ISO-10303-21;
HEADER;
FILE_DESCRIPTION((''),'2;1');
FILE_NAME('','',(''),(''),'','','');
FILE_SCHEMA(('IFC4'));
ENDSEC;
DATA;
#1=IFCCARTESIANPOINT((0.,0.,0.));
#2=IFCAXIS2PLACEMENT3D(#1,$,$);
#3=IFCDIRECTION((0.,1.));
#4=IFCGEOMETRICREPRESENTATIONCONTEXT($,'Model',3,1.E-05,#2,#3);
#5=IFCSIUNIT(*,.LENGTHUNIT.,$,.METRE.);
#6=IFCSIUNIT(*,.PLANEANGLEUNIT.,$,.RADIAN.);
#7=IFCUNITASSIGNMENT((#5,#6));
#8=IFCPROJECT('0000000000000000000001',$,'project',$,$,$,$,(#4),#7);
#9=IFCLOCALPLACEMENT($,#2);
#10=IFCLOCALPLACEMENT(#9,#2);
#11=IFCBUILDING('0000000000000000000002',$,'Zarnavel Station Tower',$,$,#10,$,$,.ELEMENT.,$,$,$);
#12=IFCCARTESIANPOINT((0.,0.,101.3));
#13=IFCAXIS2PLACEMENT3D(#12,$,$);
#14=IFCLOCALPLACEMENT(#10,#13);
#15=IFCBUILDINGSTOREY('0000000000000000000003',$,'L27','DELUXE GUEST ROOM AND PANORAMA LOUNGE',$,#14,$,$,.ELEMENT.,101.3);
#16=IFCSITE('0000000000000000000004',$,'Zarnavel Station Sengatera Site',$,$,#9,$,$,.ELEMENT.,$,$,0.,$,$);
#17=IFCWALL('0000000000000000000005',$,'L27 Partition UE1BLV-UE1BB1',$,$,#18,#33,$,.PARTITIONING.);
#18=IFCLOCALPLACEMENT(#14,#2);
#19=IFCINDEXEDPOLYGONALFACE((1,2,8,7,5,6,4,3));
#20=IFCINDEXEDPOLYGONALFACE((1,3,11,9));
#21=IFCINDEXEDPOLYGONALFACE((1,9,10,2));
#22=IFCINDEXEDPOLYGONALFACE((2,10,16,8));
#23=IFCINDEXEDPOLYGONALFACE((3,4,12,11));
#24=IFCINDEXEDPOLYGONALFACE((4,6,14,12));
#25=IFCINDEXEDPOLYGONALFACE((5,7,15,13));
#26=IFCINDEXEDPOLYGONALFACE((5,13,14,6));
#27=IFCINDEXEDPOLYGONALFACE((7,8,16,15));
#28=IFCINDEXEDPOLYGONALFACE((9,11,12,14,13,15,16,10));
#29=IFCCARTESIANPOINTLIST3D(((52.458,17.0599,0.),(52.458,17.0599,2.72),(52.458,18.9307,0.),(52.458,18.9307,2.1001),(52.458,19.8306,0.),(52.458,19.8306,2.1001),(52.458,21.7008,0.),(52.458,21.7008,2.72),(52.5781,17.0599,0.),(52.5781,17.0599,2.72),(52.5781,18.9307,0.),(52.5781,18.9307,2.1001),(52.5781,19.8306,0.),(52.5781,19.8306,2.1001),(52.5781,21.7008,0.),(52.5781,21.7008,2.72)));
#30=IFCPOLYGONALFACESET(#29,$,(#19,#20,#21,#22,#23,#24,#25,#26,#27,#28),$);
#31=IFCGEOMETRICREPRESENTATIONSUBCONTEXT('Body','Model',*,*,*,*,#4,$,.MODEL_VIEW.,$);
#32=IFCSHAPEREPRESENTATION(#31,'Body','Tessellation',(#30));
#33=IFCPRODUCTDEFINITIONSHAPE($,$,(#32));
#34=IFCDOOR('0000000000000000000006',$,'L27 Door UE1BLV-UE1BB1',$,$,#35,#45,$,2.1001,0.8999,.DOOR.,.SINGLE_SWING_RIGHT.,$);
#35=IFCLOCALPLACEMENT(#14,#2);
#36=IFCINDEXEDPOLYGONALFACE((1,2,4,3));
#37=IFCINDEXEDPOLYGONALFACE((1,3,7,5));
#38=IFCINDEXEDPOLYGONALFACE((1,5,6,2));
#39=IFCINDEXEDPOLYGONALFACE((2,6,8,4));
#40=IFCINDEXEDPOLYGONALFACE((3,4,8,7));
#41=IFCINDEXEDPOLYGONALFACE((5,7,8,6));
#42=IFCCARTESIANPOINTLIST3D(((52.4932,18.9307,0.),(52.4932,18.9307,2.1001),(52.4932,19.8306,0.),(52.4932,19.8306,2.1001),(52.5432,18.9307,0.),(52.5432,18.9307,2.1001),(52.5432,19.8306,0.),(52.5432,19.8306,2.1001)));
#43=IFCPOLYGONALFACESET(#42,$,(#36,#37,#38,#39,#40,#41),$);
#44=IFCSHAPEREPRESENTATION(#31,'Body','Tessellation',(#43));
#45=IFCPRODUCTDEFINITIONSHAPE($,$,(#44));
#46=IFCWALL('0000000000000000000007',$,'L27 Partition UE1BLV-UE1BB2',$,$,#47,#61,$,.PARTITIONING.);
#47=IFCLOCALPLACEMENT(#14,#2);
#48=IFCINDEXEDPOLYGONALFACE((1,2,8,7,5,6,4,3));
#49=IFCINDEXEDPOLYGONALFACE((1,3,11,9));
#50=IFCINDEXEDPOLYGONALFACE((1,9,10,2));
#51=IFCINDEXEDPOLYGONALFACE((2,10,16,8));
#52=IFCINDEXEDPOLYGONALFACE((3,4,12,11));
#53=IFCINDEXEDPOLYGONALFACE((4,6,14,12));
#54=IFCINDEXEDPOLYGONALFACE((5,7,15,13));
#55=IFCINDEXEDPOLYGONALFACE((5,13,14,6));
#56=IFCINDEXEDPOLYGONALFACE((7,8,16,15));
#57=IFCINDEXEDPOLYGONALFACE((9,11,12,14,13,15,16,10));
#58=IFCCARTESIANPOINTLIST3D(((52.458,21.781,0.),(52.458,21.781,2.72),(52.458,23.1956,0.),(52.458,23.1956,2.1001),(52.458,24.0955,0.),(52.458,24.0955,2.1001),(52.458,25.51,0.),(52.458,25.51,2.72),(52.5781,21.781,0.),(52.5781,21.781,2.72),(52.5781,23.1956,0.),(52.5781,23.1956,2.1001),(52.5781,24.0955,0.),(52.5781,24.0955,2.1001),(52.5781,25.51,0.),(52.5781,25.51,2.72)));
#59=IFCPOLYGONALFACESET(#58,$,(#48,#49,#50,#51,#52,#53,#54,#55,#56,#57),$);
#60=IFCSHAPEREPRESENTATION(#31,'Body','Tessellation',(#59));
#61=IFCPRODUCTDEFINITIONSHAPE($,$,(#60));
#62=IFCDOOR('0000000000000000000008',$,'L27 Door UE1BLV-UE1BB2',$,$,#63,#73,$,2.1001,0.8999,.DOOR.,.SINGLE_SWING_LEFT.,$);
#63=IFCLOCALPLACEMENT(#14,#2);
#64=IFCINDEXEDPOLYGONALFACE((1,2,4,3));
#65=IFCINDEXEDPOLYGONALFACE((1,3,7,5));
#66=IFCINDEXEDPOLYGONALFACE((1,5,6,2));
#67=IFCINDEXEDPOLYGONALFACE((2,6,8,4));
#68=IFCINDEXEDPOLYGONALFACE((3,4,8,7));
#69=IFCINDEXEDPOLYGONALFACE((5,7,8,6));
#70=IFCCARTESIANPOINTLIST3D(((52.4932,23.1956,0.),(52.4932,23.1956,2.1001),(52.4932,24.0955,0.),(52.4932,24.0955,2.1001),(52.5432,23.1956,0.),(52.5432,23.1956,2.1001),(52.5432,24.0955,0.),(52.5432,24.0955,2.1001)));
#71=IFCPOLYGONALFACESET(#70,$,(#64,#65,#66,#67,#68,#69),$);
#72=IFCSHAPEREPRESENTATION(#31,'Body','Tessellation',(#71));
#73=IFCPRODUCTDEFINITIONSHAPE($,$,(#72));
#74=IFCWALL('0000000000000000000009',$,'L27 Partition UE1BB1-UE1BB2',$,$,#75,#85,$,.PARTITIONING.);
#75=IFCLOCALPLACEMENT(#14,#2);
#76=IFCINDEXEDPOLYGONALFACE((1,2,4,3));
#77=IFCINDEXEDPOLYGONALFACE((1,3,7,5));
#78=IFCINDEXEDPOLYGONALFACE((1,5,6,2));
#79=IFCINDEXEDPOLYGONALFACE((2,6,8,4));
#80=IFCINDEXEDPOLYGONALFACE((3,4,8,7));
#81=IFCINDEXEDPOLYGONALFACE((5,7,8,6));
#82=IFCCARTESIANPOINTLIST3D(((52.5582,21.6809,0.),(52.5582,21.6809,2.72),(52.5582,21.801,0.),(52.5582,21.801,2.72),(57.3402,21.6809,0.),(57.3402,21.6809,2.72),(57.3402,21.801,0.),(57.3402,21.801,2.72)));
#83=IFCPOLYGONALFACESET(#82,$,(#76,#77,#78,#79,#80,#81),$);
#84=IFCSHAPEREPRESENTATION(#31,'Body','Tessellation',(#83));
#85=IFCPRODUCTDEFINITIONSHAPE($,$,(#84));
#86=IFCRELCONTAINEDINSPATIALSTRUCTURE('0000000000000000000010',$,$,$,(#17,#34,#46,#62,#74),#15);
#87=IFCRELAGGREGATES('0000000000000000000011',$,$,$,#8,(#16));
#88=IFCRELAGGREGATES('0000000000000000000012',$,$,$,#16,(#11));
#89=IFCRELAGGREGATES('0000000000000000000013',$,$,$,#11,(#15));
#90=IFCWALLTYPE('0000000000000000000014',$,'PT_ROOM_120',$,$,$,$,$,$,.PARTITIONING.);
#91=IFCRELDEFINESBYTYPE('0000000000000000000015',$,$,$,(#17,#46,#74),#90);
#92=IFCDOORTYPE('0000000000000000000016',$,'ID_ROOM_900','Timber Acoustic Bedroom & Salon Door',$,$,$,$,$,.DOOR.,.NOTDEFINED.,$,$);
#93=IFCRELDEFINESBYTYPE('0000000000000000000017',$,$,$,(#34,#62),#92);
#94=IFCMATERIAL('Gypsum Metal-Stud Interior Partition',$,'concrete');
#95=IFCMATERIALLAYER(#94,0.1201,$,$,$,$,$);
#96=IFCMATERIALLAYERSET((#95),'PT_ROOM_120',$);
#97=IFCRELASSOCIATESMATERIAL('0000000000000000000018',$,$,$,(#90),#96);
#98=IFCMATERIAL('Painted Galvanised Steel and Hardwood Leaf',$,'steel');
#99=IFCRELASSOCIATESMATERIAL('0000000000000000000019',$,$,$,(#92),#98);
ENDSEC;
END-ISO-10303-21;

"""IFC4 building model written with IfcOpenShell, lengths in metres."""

from ifc_helpers import new_model, si_unit, direction, frame, frame_2d, origin, place, context, subcontext, project, spatial, rectangle, extrude, material, layer, layer_set, type_object, element, fill, save


model = new_model("IFC4")

# Units and contexts
model_context = context("Model", 3, precision=1e-05, world=origin(), true_north=direction((0.0, 1.0)))
body_context = subcontext(model_context, "Body", "Model", "MODEL_VIEW")
ifc_project = project(units=[si_unit("LENGTHUNIT", "METRE"), si_unit("PLANEANGLEUNIT", "RADIAN")], contexts=[model_context])

# Site, building, storey
site_placement = place(None, origin())
site = spatial("IfcSite", under=ifc_project, at=site_placement, Name="Zarnavel Station Sengatera Site", CompositionType="ELEMENT", RefElevation=0.0)
building_placement = place(site_placement, origin())
building = spatial("IfcBuilding", under=site, at=building_placement, Name="Zarnavel Station Tower", CompositionType="ELEMENT")
storey_placement = place(building_placement, frame((0.0, 0.0, 101.3)))
storey = spatial("IfcBuildingStorey", under=building, at=storey_placement, Name="L27", Description="DELUXE GUEST ROOM AND PANORAMA LOUNGE", CompositionType="ELEMENT", Elevation=101.3)

# Walls, openings, doors
ifc_material_1 = material(Name="Gypsum Metal-Stud Interior Partition", Category="concrete")
ifc_layer_1 = layer(ifc_material_1, 0.1201)
ifc_layer_set_1 = layer_set([ifc_layer_1], Name="PT_ROOM_120")
wall_type_1 = type_object("IfcWallType", Name="PT_ROOM_120", PredefinedType="PARTITIONING", material=ifc_layer_set_1)
wall_1_placement = place(storey_placement, frame((52.5181, 17.0601, 0.0), z_axis=(0.0, 0.0, 1.0), x_axis=(0.0, 1.0, 0.0)))
wall_1 = element("IfcWall", 1, at=wall_1_placement, inside=storey, type_object=wall_type_1, Name="L27 Partition UE1BLV-UE1BB1", PredefinedType="PARTITIONING", context=body_context, shape_type="SweptSolid", body=[
    extrude(rectangle(XDim=4.6409, YDim=0.1201, at=frame_2d((2.3203, 0.0))), origin(), (0.0, 0.0, 1.0), 2.72),
])
opening_1_placement = place(wall_1_placement, frame((1.8706, 0.0, 0.0)))
opening_1 = element("IfcOpeningElement", 2, at=opening_1_placement, cuts=wall_1, PredefinedType="OPENING", context=body_context, shape_type="SweptSolid", body=[
    extrude(rectangle(XDim=0.8999, YDim=2.1001, at=frame_2d((0.45, 1.05))), frame((0.0, 0.0701, 0.0), z_axis=(0.0, -1.0, 0.0), x_axis=(1.0, 0.0, 0.0)), (0.0, 0.0, 1.0), 0.1401),
])
ifc_material_2 = material(Name="Painted Galvanised Steel and Hardwood Leaf", Category="steel")
door_type = type_object("IfcDoorType", Name="ID_ROOM_900", Description="Timber Acoustic Bedroom & Salon Door", OperationType="NOTDEFINED", PredefinedType="DOOR", material=ifc_material_2)
door_1_placement = place(opening_1_placement, origin())
door_1 = element("IfcDoor", 3, at=door_1_placement, inside=storey, type_object=door_type, Name="L27 Door UE1BLV-UE1BB1", OperationType="SINGLE_SWING_RIGHT", OverallHeight=2.1001, OverallWidth=0.8999, PredefinedType="DOOR", context=body_context, shape_type="SweptSolid", body=[
    extrude(rectangle(XDim=0.8999, YDim=2.1001, at=frame_2d((0.45, 1.05))), frame((0.0, 0.0249, 0.0), z_axis=(0.0, -1.0, 0.0), x_axis=(1.0, 0.0, 0.0)), (0.0, 0.0, 1.0), 0.05),
])
fill(opening_1, door_1)
wall_2_placement = place(storey_placement, frame((52.5181, 21.781, 0.0), z_axis=(0.0, 0.0, 1.0), x_axis=(0.0, 1.0, 0.0)))
wall_2 = element("IfcWall", 4, at=wall_2_placement, inside=storey, type_object=wall_type_1, Name="L27 Partition UE1BLV-UE1BB2", PredefinedType="PARTITIONING", context=body_context, shape_type="SweptSolid", body=[
    extrude(rectangle(XDim=3.729, YDim=0.1201, at=frame_2d((1.8645, 0.0))), origin(), (0.0, 0.0, 1.0), 2.72),
])
opening_2_placement = place(wall_2_placement, frame((1.4146, 0.0, 0.0)))
opening_2 = element("IfcOpeningElement", 5, at=opening_2_placement, cuts=wall_2, PredefinedType="OPENING", context=body_context, shape_type="SweptSolid", body=[
    extrude(rectangle(XDim=0.8999, YDim=2.1001, at=frame_2d((0.45, 1.05))), frame((0.0, 0.0701, 0.0), z_axis=(0.0, -1.0, 0.0), x_axis=(1.0, 0.0, 0.0)), (0.0, 0.0, 1.0), 0.1401),
])
door_2_placement = place(opening_2_placement, origin())
door_2 = element("IfcDoor", 6, at=door_2_placement, inside=storey, type_object=door_type, Name="L27 Door UE1BLV-UE1BB2", OperationType="SINGLE_SWING_LEFT", OverallHeight=2.1001, OverallWidth=0.8999, PredefinedType="DOOR", context=body_context, shape_type="SweptSolid", body=[
    extrude(rectangle(XDim=0.8999, YDim=2.1001, at=frame_2d((0.45, 1.05))), frame((0.0, 0.0249, 0.0), z_axis=(0.0, -1.0, 0.0), x_axis=(1.0, 0.0, 0.0)), (0.0, 0.0, 1.0), 0.05),
])
fill(opening_2, door_2)

# Wall
wall_3_placement = place(storey_placement, frame((52.5581, 21.741, 0.0), z_axis=(0.0, 0.0, 1.0), x_axis=(1.0, 0.0, 0.0)))
element("IfcWall", 7, at=wall_3_placement, inside=storey, type_object=wall_type_1, Name="L27 Partition UE1BB1-UE1BB2", PredefinedType="PARTITIONING", context=body_context, shape_type="SweptSolid", body=[
    extrude(rectangle(XDim=4.782, YDim=0.1201, at=frame_2d((2.3911, 0.0))), origin(), (0.0, 0.0, 1.0), 2.72),
])

save(model, "model.ifc")
